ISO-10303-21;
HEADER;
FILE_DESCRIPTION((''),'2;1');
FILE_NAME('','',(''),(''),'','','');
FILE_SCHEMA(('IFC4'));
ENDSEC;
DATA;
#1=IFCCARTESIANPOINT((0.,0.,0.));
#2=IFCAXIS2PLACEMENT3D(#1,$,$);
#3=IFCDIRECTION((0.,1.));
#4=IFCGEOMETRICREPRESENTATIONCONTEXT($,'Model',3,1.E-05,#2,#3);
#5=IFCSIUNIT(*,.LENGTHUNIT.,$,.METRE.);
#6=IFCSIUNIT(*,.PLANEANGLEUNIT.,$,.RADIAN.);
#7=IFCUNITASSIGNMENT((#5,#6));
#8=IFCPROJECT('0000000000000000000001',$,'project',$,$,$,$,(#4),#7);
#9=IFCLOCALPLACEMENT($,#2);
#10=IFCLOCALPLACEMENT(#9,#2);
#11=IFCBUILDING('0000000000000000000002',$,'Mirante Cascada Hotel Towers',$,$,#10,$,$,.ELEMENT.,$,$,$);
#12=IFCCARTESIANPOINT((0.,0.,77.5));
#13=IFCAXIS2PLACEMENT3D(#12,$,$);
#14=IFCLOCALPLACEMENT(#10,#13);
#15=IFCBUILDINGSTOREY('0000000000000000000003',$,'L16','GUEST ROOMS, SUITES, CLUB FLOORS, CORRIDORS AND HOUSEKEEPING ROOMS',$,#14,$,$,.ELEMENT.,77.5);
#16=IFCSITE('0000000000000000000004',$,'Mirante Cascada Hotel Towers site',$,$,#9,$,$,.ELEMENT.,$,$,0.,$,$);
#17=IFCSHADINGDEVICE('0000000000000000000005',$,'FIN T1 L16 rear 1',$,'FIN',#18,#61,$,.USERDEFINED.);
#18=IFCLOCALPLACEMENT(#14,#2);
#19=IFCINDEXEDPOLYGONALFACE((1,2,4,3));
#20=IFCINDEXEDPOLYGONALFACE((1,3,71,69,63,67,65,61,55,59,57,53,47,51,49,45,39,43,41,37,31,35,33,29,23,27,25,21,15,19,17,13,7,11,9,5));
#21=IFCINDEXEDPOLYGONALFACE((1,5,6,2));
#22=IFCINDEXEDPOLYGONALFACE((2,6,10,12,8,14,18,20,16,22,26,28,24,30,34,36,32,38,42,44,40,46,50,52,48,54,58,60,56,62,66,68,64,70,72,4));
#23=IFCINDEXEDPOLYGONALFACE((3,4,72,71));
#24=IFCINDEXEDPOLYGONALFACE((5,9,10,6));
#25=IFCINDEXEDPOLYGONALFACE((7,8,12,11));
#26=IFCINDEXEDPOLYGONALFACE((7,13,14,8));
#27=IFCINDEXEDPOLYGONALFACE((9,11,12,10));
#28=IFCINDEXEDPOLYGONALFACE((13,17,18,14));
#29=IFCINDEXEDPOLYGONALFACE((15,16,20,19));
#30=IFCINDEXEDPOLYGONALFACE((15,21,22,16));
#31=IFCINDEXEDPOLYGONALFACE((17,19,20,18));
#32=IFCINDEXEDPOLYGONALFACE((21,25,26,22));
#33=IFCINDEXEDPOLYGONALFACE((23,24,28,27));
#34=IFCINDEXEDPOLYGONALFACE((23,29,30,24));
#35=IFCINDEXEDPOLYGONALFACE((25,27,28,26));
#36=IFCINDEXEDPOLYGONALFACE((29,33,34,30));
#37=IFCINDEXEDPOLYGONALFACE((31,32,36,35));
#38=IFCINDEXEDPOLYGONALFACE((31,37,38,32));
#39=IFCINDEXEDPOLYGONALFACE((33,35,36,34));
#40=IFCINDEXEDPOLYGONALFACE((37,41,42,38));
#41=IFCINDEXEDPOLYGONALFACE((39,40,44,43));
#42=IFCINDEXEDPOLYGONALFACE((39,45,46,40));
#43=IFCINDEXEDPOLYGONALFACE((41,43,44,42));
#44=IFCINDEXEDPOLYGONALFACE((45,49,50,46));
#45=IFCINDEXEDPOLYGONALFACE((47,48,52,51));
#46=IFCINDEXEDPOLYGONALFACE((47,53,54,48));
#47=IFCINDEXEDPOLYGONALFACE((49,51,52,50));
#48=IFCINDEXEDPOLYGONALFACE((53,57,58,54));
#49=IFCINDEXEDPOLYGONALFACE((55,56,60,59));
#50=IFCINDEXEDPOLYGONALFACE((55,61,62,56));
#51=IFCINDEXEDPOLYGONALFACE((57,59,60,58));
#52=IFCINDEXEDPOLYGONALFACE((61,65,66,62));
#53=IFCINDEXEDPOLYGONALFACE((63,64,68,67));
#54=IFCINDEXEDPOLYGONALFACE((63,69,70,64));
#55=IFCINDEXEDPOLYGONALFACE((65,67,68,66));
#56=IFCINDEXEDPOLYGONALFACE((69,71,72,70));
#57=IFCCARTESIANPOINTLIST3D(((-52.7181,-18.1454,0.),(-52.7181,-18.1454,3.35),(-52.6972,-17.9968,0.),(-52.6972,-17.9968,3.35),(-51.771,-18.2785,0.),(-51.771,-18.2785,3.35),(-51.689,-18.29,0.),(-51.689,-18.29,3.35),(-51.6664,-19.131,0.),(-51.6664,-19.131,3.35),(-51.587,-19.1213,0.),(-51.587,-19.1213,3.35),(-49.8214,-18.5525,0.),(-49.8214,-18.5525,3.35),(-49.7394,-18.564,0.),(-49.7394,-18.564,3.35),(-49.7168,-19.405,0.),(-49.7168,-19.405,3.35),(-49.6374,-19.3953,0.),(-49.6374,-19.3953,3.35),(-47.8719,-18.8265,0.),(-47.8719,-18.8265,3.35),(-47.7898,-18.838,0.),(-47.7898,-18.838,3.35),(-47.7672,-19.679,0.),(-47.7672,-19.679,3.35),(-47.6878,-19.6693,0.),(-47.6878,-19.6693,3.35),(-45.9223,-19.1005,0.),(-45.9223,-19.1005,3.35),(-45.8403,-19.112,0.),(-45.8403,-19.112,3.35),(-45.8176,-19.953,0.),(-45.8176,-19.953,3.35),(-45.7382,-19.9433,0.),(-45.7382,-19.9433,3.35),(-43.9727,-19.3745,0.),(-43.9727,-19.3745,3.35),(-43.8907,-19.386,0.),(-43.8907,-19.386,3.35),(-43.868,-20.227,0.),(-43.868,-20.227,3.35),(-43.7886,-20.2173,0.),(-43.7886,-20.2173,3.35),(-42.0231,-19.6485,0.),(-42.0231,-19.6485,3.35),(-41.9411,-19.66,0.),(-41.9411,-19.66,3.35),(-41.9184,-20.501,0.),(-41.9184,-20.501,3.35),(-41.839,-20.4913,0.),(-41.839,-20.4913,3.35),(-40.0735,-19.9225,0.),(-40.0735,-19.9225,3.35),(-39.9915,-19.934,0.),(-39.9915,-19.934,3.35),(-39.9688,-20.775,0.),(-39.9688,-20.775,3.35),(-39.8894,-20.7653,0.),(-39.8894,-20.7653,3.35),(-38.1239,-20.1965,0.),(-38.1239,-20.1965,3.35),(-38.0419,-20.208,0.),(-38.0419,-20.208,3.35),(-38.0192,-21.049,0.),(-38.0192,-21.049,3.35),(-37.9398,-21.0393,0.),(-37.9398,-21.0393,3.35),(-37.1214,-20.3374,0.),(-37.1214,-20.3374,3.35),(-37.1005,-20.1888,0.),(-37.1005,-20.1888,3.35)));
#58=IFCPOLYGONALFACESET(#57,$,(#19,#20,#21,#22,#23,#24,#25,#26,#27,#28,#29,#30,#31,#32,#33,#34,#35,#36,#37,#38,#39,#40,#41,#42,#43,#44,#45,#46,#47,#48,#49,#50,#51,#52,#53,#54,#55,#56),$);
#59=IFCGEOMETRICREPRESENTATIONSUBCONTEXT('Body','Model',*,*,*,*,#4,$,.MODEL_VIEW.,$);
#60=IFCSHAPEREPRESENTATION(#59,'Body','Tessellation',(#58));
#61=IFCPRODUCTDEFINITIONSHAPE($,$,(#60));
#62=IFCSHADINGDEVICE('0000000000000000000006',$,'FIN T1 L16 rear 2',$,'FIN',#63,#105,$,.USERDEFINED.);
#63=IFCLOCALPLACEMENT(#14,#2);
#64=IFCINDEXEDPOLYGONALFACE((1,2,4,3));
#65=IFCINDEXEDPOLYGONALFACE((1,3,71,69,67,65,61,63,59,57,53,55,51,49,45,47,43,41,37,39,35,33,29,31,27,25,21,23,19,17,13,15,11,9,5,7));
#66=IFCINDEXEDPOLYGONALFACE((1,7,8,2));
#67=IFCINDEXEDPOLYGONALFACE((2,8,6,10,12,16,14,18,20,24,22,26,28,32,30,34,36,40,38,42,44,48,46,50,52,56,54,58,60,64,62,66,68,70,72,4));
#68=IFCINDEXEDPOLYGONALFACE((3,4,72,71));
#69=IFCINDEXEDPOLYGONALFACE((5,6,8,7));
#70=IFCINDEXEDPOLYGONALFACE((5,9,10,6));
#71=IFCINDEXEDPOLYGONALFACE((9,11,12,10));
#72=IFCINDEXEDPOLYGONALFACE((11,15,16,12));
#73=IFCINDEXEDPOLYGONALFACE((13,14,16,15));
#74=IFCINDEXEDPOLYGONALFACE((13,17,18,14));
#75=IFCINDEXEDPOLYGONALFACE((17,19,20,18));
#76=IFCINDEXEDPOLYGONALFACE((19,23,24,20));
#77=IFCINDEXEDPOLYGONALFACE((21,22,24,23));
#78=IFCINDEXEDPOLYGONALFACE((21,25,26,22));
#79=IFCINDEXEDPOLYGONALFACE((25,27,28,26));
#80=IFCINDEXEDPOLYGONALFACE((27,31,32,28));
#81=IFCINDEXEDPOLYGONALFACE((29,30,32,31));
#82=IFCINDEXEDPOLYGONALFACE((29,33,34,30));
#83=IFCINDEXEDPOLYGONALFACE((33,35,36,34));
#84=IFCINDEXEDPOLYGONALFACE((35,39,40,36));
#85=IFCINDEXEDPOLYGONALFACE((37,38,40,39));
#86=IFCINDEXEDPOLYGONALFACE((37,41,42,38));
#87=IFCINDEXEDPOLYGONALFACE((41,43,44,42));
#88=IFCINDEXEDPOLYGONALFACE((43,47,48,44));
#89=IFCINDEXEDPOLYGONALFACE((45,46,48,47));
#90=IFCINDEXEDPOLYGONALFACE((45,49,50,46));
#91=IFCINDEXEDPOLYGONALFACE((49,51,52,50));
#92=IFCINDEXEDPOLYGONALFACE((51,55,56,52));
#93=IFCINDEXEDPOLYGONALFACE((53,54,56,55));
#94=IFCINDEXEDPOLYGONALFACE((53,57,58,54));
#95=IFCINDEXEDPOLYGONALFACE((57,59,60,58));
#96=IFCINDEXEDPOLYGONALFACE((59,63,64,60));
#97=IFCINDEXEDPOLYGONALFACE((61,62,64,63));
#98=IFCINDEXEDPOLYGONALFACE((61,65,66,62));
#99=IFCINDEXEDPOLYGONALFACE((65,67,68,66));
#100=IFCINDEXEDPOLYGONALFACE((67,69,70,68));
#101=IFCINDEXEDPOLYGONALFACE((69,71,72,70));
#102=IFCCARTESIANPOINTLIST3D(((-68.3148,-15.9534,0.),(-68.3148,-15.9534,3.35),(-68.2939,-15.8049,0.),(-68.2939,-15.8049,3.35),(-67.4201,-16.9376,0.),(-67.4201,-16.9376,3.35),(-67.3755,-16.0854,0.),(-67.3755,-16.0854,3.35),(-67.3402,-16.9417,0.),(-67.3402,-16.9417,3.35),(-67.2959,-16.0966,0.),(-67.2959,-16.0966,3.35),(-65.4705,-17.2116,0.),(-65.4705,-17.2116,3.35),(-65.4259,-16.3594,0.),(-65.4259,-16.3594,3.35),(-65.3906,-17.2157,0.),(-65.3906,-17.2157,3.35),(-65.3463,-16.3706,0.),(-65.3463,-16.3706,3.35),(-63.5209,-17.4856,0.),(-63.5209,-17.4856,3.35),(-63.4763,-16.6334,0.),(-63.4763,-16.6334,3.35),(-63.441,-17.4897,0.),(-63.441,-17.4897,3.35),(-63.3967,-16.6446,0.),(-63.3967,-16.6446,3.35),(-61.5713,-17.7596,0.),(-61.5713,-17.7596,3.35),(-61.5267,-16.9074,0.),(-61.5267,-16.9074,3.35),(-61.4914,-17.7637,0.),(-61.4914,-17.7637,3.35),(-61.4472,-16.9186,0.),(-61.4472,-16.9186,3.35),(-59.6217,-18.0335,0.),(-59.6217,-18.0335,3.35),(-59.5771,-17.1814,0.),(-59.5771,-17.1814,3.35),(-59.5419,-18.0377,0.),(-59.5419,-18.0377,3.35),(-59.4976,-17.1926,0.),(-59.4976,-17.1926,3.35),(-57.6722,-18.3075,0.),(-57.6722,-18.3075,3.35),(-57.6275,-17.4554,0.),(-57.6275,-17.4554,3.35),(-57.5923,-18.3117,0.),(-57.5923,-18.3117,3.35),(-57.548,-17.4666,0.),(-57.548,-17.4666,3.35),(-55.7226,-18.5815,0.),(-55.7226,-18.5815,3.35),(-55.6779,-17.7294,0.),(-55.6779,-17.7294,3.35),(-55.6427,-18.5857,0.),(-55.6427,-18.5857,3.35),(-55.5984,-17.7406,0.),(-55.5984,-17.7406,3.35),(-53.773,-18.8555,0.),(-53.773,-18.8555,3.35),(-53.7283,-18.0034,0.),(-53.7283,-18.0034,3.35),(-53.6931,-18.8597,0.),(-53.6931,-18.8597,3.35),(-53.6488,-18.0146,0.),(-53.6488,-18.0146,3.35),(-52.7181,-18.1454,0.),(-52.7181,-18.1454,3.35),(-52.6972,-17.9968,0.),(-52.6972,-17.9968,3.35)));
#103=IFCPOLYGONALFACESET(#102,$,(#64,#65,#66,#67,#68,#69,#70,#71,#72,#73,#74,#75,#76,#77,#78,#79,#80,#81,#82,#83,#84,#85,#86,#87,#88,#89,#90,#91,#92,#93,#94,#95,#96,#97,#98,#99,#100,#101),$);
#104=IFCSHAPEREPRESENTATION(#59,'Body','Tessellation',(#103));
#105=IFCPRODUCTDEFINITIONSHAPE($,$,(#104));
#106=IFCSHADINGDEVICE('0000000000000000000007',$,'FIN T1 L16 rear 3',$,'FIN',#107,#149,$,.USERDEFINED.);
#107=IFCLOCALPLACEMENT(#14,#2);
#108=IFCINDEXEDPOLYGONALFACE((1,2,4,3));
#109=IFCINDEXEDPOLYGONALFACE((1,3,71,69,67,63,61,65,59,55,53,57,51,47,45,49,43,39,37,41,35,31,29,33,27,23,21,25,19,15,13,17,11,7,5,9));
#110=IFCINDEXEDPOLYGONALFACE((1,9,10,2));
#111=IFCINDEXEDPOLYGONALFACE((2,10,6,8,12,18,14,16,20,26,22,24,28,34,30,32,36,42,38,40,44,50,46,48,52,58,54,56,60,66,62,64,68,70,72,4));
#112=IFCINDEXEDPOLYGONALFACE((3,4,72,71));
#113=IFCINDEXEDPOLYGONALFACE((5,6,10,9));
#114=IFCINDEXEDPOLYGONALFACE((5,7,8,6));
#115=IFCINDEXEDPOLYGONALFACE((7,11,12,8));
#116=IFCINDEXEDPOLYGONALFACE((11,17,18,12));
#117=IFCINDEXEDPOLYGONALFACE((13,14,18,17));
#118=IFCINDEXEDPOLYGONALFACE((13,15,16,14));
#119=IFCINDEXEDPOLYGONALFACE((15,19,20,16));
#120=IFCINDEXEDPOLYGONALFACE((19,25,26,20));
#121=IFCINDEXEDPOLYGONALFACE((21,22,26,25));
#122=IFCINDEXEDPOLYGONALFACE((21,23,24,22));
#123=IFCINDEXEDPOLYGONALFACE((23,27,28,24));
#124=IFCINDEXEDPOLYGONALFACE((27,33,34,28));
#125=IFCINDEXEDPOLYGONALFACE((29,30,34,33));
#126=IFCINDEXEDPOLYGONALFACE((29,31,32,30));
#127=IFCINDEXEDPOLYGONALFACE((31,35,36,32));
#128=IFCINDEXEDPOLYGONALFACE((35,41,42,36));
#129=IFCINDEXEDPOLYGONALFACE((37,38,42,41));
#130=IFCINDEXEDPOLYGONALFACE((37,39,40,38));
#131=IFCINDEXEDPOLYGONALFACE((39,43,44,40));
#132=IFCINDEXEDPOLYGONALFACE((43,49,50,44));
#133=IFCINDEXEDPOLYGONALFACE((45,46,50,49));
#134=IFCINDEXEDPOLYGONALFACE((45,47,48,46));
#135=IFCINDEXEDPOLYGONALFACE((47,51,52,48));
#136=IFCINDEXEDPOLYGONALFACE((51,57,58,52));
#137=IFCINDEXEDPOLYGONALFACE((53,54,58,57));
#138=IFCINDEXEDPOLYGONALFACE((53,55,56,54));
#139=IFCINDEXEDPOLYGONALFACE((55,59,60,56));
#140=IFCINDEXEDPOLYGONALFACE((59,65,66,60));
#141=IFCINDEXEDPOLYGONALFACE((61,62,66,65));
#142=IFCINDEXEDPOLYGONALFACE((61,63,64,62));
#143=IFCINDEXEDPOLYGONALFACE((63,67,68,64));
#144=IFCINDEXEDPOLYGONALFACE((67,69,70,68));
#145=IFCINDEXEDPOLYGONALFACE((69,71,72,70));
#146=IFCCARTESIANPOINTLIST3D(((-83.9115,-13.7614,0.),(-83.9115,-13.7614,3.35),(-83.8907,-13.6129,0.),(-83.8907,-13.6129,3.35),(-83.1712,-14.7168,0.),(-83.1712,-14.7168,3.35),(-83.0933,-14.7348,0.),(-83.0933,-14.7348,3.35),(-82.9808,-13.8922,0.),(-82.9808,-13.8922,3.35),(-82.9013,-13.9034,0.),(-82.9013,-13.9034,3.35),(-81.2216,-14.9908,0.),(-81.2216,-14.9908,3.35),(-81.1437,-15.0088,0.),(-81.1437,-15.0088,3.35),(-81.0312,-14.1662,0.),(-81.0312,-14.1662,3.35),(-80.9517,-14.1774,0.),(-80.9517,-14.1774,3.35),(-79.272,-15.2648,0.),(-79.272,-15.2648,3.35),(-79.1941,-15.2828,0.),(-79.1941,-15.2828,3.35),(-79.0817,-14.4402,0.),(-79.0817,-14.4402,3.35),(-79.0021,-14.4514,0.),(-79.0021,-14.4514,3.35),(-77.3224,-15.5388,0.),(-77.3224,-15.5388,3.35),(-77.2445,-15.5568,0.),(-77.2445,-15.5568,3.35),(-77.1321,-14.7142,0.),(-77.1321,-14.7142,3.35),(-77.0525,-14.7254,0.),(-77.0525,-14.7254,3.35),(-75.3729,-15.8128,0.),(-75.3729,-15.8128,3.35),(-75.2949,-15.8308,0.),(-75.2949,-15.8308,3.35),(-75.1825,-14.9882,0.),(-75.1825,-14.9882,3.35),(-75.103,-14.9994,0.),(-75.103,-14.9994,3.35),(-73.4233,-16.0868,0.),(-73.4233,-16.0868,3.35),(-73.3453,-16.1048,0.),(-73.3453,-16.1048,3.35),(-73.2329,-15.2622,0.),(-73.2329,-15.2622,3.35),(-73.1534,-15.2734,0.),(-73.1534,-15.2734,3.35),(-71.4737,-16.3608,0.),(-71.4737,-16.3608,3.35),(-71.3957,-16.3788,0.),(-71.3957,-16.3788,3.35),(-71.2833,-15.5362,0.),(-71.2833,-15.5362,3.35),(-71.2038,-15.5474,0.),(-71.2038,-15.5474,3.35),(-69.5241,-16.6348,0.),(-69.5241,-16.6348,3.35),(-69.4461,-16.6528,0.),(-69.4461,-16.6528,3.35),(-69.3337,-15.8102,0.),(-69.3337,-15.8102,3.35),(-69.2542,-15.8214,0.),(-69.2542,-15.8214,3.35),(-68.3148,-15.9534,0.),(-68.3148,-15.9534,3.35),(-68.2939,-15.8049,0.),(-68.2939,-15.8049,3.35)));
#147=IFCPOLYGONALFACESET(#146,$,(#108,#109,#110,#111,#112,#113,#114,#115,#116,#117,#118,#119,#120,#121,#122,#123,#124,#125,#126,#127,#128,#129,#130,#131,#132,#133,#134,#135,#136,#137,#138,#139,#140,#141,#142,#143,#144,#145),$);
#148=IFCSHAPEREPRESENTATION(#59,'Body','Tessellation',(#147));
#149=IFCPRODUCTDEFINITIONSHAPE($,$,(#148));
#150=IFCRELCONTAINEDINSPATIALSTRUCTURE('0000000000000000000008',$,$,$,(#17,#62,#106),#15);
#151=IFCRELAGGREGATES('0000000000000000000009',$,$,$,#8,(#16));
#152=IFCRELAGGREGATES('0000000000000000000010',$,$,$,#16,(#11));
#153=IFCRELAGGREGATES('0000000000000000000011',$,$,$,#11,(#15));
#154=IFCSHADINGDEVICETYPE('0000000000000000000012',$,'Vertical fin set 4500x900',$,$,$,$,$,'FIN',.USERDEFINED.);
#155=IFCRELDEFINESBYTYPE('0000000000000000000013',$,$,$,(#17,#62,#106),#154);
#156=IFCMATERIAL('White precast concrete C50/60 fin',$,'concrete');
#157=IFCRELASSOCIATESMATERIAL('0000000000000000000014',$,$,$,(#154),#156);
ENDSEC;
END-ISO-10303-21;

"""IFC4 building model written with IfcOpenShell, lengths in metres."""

from ifc_helpers import new_model, si_unit, direction, frame, origin, place, context, subcontext, project, spatial, polyline, outline, extrude, material, type_object, element, save


model = new_model("IFC4")

# Units and contexts
model_context = context("Model", 3, precision=1e-05, world=origin(), true_north=direction((0.0, 1.0)))
body_context = subcontext(model_context, "Body", "Model", "MODEL_VIEW")
ifc_project = project(units=[si_unit("LENGTHUNIT", "METRE"), si_unit("PLANEANGLEUNIT", "RADIAN")], contexts=[model_context])

# Site, building, storey
site_placement = place(None, origin())
site = spatial("IfcSite", under=ifc_project, at=site_placement, Name="Mirante Cascada Hotel Towers site", CompositionType="ELEMENT", RefElevation=0.0)
building_placement = place(site_placement, origin())
building = spatial("IfcBuilding", under=site, at=building_placement, Name="Mirante Cascada Hotel Towers", CompositionType="ELEMENT")
storey_placement = place(building_placement, frame((0.0, 0.0, 77.5)))
storey = spatial("IfcBuildingStorey", under=building, at=storey_placement, Name="L16", Description="GUEST ROOMS, SUITES, CLUB FLOORS, CORRIDORS AND HOUSEKEEPING ROOMS", CompositionType="ELEMENT", Elevation=77.5)

# Shading devices
ifc_material_1 = material(Name="White precast concrete C50/60 fin", Category="concrete")
shading_device_type = type_object("IfcShadingDeviceType", Name="Vertical fin set 4500x900", ElementType="FIN", PredefinedType="USERDEFINED", material=ifc_material_1)
shading_device_1_placement = place(storey_placement, origin())
element("IfcShadingDevice", 1, at=shading_device_1_placement, inside=storey, type_object=shading_device_type, Name="FIN T1 L16 rear 1", ObjectType="FIN", PredefinedType="USERDEFINED", context=body_context, shape_type="SweptSolid", body=[
    extrude(outline(polyline([(-38.1239, -20.1965), (-39.9915, -19.934), (-39.8894, -20.7653), (-39.9688, -20.775), (-40.0735, -19.9225), (-41.9411, -19.66), (-41.839, -20.4913), (-41.9184, -20.501), (-42.0231, -19.6485), (-43.8907, -19.386), (-43.7886, -20.2173), (-43.868, -20.227), (-43.9727, -19.3745), (-45.8403, -19.112), (-45.7382, -19.9433), (-45.8176, -19.953), (-45.9223, -19.1005), (-47.7898, -18.838), (-47.6878, -19.6693), (-47.7672, -19.679), (-47.8719, -18.8265), (-49.7394, -18.564), (-49.6374, -19.3953), (-49.7168, -19.405), (-49.8214, -18.5525), (-51.689, -18.29), (-51.587, -19.1213), (-51.6664, -19.131), (-51.771, -18.2785), (-52.7181, -18.1454), (-52.6972, -17.9968), (-37.1005, -20.1888), (-37.1214, -20.3374), (-38.0419, -20.208), (-37.9398, -21.0393), (-38.0192, -21.049), (-38.1239, -20.1965)])), origin(), (0.0, 0.0, 1.0), 3.35),
])
shading_device_2_placement = place(storey_placement, origin())
element("IfcShadingDevice", 2, at=shading_device_2_placement, inside=storey, type_object=shading_device_type, Name="FIN T1 L16 rear 2", ObjectType="FIN", PredefinedType="USERDEFINED", context=body_context, shape_type="SweptSolid", body=[
    extrude(outline(polyline([(-53.7283, -18.0034), (-55.5984, -17.7406), (-55.6427, -18.5857), (-55.7226, -18.5815), (-55.6779, -17.7294), (-57.548, -17.4666), (-57.5923, -18.3117), (-57.6722, -18.3075), (-57.6275, -17.4554), (-59.4976, -17.1926), (-59.5419, -18.0377), (-59.6217, -18.0335), (-59.5771, -17.1814), (-61.4472, -16.9186), (-61.4914, -17.7637), (-61.5713, -17.7596), (-61.5267, -16.9074), (-63.3967, -16.6446), (-63.441, -17.4897), (-63.5209, -17.4856), (-63.4763, -16.6334), (-65.3463, -16.3706), (-65.3906, -17.2157), (-65.4705, -17.2116), (-65.4259, -16.3594), (-67.2959, -16.0966), (-67.3402, -16.9417), (-67.4201, -16.9376), (-67.3755, -16.0854), (-68.3148, -15.9534), (-68.2939, -15.8049), (-52.6972, -17.9968), (-52.7181, -18.1454), (-53.6488, -18.0146), (-53.6931, -18.8597), (-53.773, -18.8555), (-53.7283, -18.0034)])), origin(), (0.0, 0.0, 1.0), 3.35),
])
shading_device_3_placement = place(storey_placement, origin())
element("IfcShadingDevice", 3, at=shading_device_3_placement, inside=storey, type_object=shading_device_type, Name="FIN T1 L16 rear 3", ObjectType="FIN", PredefinedType="USERDEFINED", context=body_context, shape_type="SweptSolid", body=[
    extrude(outline(polyline([(-69.3337, -15.8102), (-71.2038, -15.5474), (-71.3957, -16.3788), (-71.4737, -16.3608), (-71.2833, -15.5362), (-73.1534, -15.2734), (-73.3453, -16.1048), (-73.4233, -16.0868), (-73.2329, -15.2622), (-75.103, -14.9994), (-75.2949, -15.8308), (-75.3729, -15.8128), (-75.1825, -14.9882), (-77.0525, -14.7254), (-77.2445, -15.5568), (-77.3224, -15.5388), (-77.1321, -14.7142), (-79.0021, -14.4514), (-79.1941, -15.2828), (-79.272, -15.2648), (-79.0817, -14.4402), (-80.9517, -14.1774), (-81.1437, -15.0088), (-81.2216, -14.9908), (-81.0312, -14.1662), (-82.9013, -13.9034), (-83.0933, -14.7348), (-83.1712, -14.7168), (-82.9808, -13.8922), (-83.9115, -13.7614), (-83.8907, -13.6129), (-68.2939, -15.8049), (-68.3148, -15.9534), (-69.2542, -15.8214), (-69.4461, -16.6528), (-69.5241, -16.6348), (-69.3337, -15.8102)])), origin(), (0.0, 0.0, 1.0), 3.35),
])

save(model, "model.ifc")
